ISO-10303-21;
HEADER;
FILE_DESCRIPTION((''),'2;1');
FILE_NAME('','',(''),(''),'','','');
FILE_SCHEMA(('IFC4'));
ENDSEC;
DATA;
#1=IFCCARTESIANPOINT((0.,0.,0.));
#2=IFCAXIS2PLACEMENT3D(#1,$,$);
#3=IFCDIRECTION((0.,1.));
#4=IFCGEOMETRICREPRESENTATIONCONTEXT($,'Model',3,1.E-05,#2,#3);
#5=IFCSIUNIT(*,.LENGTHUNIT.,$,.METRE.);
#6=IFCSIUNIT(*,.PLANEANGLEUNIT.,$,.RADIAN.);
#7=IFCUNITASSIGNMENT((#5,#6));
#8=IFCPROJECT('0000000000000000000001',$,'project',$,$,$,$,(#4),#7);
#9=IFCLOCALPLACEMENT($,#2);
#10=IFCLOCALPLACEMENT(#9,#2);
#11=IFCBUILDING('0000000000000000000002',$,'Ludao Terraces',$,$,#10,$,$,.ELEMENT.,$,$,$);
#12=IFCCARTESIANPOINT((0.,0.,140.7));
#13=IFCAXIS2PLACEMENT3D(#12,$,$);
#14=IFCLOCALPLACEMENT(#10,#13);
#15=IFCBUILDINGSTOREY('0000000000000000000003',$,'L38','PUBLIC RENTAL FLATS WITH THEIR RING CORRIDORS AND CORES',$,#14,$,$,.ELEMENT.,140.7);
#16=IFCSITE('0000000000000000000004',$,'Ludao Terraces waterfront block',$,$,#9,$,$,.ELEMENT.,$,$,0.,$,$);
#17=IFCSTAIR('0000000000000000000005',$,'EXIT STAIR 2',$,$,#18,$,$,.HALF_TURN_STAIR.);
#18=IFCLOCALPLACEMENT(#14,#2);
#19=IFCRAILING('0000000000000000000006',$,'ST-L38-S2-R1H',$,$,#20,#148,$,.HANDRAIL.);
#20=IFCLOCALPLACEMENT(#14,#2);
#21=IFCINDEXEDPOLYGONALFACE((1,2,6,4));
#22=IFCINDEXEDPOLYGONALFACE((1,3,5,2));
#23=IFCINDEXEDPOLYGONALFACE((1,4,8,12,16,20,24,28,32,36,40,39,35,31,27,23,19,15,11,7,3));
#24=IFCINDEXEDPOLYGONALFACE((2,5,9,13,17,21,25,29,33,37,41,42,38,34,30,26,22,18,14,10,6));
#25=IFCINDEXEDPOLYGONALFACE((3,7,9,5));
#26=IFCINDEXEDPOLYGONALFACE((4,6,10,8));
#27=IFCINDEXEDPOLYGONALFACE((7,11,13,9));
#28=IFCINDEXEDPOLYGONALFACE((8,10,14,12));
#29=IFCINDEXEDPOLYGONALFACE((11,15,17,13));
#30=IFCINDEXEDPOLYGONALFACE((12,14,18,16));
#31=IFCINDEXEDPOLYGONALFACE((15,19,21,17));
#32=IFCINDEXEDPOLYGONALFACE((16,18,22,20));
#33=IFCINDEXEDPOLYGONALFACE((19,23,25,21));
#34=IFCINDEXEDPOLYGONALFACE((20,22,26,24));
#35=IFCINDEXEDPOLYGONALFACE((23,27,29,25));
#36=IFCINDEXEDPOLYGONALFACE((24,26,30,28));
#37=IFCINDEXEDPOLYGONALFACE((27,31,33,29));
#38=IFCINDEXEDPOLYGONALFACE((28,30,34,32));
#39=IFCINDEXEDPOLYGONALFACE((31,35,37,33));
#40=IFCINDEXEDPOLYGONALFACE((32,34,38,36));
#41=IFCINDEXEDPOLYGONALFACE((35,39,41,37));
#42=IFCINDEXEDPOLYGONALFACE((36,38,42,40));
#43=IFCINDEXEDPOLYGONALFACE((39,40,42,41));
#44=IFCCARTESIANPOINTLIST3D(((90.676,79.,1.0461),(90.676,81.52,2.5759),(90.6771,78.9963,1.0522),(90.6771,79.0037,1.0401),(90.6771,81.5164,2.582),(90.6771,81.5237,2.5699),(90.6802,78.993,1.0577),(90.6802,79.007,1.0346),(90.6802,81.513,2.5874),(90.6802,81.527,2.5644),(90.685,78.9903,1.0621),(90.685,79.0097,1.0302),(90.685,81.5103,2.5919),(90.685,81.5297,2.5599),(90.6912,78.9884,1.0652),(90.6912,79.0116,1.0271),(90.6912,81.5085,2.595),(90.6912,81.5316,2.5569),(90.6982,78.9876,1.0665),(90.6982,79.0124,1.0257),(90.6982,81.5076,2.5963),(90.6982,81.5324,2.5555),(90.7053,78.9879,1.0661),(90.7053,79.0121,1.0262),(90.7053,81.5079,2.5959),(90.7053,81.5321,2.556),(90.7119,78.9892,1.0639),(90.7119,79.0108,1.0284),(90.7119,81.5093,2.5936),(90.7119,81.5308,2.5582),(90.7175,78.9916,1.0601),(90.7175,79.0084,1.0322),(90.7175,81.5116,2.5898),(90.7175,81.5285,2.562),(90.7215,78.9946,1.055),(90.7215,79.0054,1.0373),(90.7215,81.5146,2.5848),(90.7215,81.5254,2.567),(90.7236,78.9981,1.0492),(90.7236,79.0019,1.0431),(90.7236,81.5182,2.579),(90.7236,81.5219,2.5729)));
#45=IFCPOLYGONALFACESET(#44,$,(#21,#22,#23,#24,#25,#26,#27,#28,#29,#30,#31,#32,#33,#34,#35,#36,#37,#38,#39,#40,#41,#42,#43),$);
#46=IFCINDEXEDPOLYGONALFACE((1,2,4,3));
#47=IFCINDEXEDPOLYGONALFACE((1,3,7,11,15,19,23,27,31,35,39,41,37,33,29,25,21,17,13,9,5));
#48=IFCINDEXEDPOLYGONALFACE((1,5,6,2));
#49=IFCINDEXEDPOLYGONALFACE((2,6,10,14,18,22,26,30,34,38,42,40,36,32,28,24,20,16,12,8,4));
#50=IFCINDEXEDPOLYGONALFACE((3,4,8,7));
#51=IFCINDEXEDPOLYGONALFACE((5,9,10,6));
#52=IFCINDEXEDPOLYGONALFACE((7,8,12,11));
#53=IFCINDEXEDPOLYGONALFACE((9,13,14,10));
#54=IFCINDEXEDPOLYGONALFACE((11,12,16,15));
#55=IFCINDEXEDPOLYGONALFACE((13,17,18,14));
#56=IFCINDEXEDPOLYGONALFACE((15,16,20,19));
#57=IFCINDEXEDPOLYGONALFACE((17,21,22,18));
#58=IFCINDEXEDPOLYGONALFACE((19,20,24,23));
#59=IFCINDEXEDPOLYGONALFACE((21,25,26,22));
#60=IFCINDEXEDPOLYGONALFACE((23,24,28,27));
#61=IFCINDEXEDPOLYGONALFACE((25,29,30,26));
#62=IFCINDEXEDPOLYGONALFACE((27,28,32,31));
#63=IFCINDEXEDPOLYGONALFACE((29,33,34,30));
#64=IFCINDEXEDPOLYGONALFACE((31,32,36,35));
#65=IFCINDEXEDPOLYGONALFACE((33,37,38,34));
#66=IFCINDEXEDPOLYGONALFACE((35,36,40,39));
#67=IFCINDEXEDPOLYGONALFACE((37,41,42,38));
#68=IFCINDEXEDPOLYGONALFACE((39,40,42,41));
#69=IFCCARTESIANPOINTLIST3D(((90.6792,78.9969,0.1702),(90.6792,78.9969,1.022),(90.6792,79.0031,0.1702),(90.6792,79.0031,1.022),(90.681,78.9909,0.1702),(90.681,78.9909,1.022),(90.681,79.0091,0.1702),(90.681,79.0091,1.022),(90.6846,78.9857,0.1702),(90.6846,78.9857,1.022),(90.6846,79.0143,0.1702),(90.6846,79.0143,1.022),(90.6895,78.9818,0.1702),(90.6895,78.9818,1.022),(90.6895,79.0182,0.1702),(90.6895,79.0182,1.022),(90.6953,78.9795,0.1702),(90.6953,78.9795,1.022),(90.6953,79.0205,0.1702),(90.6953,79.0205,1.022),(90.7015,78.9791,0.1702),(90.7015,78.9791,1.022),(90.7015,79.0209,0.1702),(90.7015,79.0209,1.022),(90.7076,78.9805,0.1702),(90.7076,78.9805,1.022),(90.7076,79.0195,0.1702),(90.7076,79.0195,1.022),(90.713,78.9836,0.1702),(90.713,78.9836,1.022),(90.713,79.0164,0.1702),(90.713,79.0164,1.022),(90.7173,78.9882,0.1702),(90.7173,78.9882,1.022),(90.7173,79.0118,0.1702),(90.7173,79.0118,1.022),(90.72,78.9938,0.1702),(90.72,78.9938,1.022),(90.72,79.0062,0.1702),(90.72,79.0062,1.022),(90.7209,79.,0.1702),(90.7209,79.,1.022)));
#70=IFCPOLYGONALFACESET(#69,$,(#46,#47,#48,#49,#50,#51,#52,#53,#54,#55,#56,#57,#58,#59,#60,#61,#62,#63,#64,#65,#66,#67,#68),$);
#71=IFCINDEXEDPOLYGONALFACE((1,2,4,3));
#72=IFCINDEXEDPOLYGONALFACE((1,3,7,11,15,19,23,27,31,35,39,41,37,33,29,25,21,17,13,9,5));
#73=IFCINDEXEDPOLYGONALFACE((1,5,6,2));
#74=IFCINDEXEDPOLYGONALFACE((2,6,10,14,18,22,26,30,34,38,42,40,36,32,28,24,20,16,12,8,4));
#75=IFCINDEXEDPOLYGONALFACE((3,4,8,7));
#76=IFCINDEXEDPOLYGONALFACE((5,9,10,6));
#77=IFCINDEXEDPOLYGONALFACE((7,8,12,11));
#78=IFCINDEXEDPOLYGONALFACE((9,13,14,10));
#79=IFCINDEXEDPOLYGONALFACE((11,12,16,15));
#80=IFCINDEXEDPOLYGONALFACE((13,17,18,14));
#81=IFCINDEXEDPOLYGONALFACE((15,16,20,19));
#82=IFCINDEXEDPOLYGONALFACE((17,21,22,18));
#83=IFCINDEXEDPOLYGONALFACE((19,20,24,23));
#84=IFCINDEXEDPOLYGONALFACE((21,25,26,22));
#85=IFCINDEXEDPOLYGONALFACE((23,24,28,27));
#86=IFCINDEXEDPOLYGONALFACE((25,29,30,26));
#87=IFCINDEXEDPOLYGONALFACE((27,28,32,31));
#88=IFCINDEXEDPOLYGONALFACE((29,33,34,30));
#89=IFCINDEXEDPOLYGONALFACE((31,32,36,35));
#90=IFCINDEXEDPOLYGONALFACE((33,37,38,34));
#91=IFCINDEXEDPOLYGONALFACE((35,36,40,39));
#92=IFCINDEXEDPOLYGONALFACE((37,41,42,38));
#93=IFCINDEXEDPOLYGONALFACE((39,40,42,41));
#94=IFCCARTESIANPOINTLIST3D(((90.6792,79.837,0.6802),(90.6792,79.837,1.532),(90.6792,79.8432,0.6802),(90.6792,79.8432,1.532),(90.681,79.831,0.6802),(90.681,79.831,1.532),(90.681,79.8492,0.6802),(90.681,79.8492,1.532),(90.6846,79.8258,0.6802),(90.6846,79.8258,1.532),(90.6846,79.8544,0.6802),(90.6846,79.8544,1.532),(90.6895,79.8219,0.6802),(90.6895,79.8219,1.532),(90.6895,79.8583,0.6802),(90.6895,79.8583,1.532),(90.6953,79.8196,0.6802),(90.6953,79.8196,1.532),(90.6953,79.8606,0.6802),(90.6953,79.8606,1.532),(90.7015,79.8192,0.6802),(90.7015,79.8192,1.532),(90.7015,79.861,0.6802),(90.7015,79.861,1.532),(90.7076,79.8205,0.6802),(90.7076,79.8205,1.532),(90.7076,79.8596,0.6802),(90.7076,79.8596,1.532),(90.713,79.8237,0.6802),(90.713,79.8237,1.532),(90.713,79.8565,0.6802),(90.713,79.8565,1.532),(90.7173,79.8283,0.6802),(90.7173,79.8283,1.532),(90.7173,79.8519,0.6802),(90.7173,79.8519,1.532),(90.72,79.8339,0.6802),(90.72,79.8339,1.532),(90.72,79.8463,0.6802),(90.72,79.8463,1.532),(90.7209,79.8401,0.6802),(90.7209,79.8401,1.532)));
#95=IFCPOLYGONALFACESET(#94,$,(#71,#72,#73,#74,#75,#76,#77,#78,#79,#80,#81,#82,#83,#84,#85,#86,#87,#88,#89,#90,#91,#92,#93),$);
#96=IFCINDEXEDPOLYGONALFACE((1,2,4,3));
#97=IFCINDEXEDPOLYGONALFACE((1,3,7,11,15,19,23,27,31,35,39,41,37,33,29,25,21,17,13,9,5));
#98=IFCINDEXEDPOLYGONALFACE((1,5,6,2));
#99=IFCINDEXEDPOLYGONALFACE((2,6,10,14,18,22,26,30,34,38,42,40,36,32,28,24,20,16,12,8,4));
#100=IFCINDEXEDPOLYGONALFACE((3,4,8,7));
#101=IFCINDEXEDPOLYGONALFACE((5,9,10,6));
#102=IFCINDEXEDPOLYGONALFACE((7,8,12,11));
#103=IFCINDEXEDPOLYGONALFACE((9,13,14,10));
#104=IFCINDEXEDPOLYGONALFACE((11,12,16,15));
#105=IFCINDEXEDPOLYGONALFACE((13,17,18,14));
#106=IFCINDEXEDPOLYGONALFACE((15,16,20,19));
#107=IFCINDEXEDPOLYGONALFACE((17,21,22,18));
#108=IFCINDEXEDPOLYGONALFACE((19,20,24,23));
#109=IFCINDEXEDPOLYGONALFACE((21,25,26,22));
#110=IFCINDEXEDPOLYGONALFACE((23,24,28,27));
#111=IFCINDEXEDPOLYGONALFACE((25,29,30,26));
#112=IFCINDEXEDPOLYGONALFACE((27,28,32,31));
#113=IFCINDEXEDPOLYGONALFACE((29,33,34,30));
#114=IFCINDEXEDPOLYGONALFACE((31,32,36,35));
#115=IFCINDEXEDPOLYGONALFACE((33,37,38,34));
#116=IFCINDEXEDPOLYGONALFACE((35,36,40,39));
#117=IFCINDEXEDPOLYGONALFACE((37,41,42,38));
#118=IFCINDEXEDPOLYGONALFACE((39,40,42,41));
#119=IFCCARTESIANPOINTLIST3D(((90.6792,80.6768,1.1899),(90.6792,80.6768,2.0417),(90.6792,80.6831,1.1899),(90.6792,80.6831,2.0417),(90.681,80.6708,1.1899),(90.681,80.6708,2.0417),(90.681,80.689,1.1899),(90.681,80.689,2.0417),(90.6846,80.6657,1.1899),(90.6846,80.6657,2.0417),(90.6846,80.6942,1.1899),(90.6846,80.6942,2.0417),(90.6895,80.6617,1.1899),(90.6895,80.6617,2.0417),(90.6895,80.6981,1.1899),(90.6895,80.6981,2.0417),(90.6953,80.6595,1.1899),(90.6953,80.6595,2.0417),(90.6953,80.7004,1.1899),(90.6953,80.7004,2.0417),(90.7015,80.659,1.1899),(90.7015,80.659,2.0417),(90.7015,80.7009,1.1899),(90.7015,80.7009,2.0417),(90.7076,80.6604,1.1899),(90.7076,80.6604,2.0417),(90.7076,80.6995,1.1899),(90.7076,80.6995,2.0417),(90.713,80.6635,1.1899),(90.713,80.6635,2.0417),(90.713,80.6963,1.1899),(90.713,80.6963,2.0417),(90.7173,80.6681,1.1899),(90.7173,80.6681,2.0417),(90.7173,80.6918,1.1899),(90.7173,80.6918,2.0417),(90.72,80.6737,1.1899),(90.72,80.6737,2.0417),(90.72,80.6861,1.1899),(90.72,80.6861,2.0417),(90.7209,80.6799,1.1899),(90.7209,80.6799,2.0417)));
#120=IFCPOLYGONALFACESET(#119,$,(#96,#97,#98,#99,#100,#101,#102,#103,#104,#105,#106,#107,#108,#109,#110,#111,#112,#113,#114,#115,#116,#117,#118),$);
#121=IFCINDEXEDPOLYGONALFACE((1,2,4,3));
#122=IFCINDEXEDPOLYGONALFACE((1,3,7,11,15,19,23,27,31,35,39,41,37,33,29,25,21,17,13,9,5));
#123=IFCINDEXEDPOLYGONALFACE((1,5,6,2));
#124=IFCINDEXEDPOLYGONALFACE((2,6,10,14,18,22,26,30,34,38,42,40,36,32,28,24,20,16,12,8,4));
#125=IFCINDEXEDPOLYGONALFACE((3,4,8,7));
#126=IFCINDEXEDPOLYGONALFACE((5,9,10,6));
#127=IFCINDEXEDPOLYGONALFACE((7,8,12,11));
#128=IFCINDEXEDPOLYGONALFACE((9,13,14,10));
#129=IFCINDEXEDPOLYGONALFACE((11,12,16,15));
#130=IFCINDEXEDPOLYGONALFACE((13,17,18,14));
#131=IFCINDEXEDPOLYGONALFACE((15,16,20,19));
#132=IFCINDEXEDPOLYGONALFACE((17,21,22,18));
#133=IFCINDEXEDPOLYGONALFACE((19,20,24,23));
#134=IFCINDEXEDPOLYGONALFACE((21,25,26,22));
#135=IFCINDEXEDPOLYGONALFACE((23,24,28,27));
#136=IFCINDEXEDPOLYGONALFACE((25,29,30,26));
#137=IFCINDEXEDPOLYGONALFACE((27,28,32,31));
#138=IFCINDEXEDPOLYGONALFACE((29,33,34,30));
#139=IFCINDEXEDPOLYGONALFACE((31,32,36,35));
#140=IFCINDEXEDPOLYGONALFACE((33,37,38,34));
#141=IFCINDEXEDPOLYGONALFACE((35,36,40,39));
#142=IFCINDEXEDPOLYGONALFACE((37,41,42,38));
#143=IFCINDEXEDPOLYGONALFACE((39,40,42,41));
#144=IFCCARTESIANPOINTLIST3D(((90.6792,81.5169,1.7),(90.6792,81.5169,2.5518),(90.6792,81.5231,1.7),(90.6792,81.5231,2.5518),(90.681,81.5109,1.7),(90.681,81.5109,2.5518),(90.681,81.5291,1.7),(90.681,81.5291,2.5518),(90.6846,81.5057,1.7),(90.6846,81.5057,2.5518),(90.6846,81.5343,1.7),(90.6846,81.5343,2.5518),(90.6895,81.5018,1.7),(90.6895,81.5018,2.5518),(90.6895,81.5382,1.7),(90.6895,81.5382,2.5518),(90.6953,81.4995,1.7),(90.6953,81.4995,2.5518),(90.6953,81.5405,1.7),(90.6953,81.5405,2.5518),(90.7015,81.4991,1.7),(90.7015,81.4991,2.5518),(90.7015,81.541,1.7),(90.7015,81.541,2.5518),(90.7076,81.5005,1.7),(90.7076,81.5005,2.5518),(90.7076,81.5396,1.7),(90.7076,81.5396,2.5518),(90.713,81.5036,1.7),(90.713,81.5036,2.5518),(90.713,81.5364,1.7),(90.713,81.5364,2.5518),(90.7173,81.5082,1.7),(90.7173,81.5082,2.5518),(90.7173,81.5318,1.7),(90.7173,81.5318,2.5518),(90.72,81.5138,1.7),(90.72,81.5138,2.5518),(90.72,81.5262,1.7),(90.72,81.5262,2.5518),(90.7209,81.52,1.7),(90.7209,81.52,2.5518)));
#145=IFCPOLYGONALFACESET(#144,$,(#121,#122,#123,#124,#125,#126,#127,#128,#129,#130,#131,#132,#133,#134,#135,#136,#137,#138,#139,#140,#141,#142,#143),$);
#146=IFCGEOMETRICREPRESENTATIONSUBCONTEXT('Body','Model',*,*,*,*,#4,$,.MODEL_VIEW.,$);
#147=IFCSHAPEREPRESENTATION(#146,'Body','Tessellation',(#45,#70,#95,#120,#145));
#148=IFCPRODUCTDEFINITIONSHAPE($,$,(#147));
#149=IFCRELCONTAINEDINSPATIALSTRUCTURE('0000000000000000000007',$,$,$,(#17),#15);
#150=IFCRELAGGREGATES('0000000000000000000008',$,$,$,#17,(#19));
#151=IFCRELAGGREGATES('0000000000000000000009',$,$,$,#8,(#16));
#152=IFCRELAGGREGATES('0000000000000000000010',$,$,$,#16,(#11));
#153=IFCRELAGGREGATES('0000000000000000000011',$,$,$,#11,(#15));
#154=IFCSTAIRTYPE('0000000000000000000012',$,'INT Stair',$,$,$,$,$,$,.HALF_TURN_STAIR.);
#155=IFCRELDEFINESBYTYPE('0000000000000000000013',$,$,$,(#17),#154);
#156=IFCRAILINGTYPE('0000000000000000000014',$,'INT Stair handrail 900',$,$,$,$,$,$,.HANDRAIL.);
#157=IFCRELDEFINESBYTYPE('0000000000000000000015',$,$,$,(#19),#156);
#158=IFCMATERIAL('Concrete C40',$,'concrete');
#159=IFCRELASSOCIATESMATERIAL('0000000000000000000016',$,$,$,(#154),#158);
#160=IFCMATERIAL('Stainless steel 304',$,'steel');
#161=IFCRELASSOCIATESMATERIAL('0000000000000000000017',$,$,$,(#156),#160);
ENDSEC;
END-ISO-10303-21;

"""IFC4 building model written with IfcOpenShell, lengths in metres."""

from ifc_helpers import new_model, si_unit, direction, frame, origin, origin_2d, place, context, subcontext, project, spatial, circle, extrude, material, type_object, element, aggregate, save


model = new_model("IFC4")

# Units and contexts
model_context = context("Model", 3, precision=1e-05, world=origin(), true_north=direction((0.0, 1.0)))
body_context = subcontext(model_context, "Body", "Model", "MODEL_VIEW")
ifc_project = project(units=[si_unit("LENGTHUNIT", "METRE"), si_unit("PLANEANGLEUNIT", "RADIAN")], contexts=[model_context])

# Site, building, storey
site_placement = place(None, origin())
site = spatial("IfcSite", under=ifc_project, at=site_placement, Name="Ludao Terraces waterfront block", CompositionType="ELEMENT", RefElevation=0.0)
building_placement = place(site_placement, origin())
building = spatial("IfcBuilding", under=site, at=building_placement, Name="Ludao Terraces", CompositionType="ELEMENT")
storey_placement = place(building_placement, frame((0.0, 0.0, 140.7)))
storey = spatial("IfcBuildingStorey", under=building, at=storey_placement, Name="L38", Description="PUBLIC RENTAL FLATS WITH THEIR RING CORRIDORS AND CORES", CompositionType="ELEMENT", Elevation=140.7)

# Shared definitions
ifc_material_1 = material(Name="Stainless steel 304", Category="steel")

# Stair, railing
ifc_material_2 = material(Name="Concrete C40", Category="concrete")
stair_type = type_object("IfcStairType", Name="INT Stair", PredefinedType="HALF_TURN_STAIR", material=ifc_material_2)
stair_placement = place(storey_placement, origin())
stair = element("IfcStair", 1, at=stair_placement, inside=storey, type_object=stair_type, Name="EXIT STAIR 2", PredefinedType="HALF_TURN_STAIR")
railing_type_1 = type_object("IfcRailingType", Name="INT Stair handrail 900", PredefinedType="HANDRAIL", material=ifc_material_1)
railing_1_placement = place(storey_placement, frame((90.7, 79.0, 0.1702)))
railing_1 = element("IfcRailing", 2, at=railing_1_placement, type_object=railing_type_1, Name="ST-L38-S2-R1H", PredefinedType="HANDRAIL", context=body_context, shape_type="SweptSolid", body=[
    extrude(circle(Radius=0.0239, at=origin_2d()), frame((0.0, 0.0, 0.876), z_axis=(0.0, 0.854822, 0.518922), x_axis=(-1.0, 0.0, 0.0)), (0.0, 0.0, 1.0), 2.948),
    extrude(circle(Radius=0.021, at=origin_2d()), origin(), (0.0, 0.0, 1.0), 0.8518),
    extrude(circle(Radius=0.021, at=origin_2d()), frame((0.0, 0.8401, 0.51)), (0.0, 0.0, 1.0), 0.8518),
    extrude(circle(Radius=0.021, at=origin_2d()), frame((0.0, 1.6799, 1.0198)), (0.0, 0.0, 1.0), 0.8518),
    extrude(circle(Radius=0.021, at=origin_2d()), frame((0.0, 2.52, 1.5298)), (0.0, 0.0, 1.0), 0.8518),
])
aggregate(stair, [railing_1])

save(model, "model.ifc")
